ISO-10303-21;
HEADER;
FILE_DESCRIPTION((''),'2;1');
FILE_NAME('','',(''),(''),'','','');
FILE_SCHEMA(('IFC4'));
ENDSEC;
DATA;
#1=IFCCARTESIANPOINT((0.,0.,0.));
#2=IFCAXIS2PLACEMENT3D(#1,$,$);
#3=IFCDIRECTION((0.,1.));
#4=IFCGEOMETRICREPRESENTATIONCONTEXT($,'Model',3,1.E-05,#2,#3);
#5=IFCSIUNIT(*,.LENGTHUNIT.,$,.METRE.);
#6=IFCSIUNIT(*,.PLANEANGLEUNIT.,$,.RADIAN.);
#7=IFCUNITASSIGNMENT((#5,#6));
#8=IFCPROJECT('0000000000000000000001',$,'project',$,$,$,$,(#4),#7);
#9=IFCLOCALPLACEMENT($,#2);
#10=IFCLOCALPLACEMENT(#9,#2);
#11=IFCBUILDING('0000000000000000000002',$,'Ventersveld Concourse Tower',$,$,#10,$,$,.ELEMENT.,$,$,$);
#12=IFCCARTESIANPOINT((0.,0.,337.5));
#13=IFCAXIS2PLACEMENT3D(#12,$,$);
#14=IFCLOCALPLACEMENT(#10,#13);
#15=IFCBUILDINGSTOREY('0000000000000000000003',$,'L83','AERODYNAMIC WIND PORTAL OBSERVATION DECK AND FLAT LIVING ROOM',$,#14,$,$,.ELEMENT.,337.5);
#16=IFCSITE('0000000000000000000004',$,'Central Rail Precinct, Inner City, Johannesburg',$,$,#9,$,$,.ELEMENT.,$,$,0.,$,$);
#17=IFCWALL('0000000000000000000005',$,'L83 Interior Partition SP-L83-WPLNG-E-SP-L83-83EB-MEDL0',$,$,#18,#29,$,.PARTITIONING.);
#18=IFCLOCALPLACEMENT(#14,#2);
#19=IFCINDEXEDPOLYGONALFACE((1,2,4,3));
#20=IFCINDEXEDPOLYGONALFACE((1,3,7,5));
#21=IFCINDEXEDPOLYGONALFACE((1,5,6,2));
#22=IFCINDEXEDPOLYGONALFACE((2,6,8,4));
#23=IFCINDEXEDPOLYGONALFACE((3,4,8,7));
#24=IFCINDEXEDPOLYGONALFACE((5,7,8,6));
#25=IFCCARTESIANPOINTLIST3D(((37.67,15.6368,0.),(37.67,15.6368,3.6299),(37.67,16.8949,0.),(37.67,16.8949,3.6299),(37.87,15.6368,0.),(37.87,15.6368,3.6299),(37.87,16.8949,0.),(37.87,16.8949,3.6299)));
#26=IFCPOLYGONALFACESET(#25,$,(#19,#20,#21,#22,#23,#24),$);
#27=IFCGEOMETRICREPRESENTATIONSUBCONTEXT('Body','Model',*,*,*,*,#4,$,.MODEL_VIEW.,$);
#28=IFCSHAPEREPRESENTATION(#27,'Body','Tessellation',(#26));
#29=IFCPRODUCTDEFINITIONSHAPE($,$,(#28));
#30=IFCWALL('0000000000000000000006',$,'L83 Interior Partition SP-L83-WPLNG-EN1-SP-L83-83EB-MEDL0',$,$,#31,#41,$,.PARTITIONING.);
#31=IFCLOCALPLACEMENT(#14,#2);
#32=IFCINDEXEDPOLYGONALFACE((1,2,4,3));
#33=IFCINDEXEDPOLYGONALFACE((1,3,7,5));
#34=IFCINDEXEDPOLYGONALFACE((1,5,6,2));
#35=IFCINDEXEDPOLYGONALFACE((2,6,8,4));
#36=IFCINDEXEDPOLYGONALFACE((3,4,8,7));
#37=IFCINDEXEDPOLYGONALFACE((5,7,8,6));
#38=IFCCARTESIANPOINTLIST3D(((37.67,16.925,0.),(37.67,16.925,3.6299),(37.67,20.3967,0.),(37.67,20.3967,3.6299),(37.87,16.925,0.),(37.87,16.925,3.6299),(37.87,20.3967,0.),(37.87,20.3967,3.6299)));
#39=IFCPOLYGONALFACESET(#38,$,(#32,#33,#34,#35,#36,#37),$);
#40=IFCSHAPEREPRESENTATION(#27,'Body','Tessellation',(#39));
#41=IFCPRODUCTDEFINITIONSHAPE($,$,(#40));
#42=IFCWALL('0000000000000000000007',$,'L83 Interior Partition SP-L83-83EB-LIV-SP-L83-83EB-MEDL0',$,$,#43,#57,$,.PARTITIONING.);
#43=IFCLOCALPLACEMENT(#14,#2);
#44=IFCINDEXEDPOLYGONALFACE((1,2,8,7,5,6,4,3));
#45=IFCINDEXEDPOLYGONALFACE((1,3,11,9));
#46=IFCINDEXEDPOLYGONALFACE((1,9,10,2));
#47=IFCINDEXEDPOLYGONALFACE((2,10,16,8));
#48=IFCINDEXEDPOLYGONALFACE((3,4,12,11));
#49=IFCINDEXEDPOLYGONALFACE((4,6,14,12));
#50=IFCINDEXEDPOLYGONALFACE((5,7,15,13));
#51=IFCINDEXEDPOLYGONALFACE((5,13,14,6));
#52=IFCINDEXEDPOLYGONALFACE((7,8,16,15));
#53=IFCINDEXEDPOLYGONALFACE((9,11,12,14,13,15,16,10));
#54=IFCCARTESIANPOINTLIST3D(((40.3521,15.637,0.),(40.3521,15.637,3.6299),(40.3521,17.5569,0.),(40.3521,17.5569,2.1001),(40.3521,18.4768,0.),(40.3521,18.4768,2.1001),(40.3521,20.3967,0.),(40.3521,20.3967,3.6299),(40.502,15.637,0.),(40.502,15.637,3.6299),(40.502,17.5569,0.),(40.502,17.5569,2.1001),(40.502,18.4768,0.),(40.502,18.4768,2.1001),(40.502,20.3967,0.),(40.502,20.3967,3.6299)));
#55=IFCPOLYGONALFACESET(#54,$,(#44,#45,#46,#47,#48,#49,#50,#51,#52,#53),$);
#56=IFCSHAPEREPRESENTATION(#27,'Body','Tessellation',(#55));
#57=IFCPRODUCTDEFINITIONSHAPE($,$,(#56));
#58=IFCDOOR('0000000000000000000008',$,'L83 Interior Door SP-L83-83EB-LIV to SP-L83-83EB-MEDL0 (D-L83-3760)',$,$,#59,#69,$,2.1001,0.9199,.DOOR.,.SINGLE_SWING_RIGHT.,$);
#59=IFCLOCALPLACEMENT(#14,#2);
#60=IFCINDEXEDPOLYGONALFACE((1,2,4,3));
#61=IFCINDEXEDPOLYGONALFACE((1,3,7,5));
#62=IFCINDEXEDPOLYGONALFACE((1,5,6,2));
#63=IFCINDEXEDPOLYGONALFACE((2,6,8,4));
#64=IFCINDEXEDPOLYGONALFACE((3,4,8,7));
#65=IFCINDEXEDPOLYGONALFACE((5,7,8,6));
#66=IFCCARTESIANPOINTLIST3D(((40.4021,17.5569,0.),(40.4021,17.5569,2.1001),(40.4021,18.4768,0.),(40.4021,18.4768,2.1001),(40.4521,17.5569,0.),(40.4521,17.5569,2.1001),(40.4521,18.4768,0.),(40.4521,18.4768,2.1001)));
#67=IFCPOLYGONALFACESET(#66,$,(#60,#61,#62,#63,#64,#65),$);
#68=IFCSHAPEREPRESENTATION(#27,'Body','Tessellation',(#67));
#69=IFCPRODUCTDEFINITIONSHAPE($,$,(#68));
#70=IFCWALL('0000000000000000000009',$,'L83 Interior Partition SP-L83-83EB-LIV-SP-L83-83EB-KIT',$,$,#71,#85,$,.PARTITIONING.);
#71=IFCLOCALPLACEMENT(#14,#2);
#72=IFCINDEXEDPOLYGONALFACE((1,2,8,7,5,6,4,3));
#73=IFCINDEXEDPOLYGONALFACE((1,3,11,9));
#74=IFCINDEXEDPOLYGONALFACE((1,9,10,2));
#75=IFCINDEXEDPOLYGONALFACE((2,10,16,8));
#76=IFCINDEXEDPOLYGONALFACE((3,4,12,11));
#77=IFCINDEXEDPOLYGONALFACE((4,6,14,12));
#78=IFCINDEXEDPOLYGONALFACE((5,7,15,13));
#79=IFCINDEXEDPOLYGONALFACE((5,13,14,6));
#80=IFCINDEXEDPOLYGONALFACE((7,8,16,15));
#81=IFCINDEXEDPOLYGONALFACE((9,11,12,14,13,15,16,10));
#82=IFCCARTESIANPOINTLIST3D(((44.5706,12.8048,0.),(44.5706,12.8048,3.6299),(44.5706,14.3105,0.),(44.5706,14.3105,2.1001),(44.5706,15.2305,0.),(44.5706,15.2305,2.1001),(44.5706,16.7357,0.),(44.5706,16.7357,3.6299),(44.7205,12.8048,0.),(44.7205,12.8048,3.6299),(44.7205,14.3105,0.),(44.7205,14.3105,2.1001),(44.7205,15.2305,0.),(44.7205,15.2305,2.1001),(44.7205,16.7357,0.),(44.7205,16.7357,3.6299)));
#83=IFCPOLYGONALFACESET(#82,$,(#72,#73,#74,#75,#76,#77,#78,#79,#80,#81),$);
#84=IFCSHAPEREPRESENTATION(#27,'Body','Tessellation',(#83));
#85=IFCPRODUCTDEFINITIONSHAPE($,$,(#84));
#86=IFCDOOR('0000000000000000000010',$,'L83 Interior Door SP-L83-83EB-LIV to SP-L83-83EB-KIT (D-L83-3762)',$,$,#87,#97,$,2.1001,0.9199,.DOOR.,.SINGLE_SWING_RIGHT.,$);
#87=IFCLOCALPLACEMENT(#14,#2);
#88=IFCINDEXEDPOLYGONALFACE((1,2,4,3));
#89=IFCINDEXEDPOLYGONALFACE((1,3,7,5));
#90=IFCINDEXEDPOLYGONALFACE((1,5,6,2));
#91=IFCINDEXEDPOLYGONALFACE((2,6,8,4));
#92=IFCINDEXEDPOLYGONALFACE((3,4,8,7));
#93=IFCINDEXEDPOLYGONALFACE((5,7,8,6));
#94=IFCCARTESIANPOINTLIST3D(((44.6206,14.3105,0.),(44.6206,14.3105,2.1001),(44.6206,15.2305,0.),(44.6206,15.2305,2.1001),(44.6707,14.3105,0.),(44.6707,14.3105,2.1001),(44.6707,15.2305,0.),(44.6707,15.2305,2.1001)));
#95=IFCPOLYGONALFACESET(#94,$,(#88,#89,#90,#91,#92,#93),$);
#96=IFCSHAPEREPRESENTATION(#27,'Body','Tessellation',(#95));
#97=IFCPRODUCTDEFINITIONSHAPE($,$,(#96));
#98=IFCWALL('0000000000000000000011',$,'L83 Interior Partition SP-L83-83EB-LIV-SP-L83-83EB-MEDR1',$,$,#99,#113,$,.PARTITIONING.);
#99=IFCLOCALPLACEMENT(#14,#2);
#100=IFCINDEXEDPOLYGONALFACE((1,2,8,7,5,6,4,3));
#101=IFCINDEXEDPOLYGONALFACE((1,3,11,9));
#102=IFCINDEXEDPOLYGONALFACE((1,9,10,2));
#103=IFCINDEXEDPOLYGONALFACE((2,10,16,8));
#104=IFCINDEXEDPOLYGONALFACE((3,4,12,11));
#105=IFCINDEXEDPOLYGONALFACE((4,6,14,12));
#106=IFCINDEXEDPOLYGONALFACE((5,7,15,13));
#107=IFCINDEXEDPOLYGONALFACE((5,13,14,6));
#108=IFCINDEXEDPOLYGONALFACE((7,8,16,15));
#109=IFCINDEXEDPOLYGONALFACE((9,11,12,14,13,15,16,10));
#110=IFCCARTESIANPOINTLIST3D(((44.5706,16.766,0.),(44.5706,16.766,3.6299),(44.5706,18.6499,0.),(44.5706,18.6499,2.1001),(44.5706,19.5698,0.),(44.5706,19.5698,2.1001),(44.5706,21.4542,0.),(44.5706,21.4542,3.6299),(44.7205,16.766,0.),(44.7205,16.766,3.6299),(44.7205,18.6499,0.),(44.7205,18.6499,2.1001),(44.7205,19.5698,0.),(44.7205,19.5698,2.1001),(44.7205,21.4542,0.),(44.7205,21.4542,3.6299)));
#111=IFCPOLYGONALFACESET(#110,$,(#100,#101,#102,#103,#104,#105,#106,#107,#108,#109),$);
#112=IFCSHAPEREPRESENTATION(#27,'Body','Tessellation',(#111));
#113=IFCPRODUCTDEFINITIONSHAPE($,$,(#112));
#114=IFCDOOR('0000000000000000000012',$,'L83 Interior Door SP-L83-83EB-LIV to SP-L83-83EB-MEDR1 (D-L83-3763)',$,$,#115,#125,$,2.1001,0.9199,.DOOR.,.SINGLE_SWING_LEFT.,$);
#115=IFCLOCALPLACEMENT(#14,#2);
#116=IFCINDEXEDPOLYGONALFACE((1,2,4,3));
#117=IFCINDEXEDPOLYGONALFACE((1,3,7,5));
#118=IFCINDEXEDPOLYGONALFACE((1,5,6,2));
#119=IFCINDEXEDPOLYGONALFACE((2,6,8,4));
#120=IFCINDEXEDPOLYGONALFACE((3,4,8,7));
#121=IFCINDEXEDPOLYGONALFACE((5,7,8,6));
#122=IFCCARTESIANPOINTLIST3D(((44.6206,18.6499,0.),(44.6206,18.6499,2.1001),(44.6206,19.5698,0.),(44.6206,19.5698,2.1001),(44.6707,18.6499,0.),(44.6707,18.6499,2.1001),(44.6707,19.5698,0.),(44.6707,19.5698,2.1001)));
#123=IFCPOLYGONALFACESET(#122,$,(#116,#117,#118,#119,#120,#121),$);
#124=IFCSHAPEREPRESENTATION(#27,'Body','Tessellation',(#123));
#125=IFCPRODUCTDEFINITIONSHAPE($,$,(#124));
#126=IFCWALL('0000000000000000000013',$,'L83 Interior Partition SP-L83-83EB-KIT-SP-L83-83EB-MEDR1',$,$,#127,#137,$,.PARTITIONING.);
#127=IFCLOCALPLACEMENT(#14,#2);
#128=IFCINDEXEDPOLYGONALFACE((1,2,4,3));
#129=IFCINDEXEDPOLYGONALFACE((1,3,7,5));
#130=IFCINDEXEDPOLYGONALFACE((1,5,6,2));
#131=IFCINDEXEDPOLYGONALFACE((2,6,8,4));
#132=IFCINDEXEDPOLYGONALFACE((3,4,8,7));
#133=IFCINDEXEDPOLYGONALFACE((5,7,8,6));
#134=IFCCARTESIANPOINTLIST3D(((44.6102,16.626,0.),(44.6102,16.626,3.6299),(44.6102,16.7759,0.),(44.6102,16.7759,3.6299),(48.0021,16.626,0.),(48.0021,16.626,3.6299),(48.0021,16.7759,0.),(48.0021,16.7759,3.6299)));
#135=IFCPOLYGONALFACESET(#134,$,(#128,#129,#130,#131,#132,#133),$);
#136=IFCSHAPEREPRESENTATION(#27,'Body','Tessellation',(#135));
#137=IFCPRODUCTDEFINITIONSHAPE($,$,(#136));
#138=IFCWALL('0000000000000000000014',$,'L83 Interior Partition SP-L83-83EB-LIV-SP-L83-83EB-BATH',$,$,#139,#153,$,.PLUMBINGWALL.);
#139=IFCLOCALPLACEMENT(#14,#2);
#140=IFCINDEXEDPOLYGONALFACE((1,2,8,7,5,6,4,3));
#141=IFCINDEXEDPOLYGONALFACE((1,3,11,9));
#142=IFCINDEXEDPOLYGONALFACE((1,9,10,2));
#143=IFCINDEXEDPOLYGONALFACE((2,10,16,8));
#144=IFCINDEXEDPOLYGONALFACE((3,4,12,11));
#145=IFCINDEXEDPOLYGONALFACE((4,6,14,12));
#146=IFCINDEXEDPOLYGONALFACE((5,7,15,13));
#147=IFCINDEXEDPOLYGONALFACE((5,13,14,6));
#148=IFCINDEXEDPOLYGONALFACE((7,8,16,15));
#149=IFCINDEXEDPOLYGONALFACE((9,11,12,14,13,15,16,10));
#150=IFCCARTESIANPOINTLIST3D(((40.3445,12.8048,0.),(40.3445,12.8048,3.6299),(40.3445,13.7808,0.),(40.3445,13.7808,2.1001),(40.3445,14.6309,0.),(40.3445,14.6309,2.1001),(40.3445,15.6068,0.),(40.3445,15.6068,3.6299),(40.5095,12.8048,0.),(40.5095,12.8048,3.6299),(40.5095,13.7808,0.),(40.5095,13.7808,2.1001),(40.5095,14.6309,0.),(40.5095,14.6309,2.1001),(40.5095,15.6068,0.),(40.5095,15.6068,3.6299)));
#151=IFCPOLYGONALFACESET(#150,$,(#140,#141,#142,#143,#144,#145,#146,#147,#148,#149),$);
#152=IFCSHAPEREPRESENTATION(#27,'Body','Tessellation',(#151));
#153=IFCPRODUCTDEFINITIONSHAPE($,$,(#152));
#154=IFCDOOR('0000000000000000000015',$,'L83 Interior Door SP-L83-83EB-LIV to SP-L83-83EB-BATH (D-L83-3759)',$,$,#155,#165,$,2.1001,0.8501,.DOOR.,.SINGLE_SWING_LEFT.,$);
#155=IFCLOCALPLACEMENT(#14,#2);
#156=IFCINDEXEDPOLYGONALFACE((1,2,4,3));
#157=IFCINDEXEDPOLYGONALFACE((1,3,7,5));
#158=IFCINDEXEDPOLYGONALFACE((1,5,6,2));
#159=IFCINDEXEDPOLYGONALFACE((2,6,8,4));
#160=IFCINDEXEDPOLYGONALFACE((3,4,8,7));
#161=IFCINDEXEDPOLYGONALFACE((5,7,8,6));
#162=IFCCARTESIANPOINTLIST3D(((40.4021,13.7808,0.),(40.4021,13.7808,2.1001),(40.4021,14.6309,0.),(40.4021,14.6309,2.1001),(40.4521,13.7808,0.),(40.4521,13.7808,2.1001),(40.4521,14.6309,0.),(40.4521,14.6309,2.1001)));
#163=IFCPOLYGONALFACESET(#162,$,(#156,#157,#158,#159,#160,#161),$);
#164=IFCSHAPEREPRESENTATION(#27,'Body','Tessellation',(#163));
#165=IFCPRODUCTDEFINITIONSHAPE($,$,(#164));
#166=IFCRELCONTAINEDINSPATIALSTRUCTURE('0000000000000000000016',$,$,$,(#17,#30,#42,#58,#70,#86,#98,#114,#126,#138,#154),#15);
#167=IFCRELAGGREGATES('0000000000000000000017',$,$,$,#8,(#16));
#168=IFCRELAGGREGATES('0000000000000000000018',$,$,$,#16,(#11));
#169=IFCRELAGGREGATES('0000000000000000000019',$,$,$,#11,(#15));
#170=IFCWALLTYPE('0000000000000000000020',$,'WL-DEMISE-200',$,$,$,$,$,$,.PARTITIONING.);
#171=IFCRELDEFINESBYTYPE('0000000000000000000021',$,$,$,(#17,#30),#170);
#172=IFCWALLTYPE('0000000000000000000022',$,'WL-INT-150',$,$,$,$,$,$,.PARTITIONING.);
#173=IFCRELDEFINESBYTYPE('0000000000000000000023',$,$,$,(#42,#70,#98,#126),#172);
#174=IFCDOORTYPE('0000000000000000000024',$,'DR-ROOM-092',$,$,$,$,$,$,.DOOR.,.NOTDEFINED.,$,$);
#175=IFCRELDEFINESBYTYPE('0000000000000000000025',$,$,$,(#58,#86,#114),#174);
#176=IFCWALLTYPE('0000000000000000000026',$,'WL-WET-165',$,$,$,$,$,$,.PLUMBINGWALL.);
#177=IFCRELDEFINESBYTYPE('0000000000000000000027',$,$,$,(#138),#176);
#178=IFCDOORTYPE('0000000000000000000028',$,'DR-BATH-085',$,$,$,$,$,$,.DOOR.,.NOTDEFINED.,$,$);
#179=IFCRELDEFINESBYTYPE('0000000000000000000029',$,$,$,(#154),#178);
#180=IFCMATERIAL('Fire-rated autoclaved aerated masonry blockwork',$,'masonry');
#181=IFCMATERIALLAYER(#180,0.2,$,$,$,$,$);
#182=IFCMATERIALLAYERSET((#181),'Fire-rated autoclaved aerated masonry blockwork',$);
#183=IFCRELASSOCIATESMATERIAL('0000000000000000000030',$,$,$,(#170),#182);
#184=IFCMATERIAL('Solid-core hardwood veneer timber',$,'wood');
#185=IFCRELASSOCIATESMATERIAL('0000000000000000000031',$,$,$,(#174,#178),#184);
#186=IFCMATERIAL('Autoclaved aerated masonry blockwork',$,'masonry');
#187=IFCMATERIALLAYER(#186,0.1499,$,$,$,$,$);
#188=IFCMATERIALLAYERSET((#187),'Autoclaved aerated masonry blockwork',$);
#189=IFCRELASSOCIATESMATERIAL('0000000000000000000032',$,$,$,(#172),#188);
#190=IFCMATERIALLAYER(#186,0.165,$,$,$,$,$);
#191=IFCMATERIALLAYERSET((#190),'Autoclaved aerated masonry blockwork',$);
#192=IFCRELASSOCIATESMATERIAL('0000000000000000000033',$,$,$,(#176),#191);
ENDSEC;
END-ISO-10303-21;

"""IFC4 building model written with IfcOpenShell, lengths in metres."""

from ifc_helpers import new_model, si_unit, direction, frame, frame_2d, origin, place, context, subcontext, project, spatial, rectangle, extrude, material, layer, layer_set, type_object, element, fill, save


model = new_model("IFC4")

# Units and contexts
model_context = context("Model", 3, precision=1e-05, world=origin(), true_north=direction((0.0, 1.0)))
body_context = subcontext(model_context, "Body", "Model", "MODEL_VIEW")
ifc_project = project(units=[si_unit("LENGTHUNIT", "METRE"), si_unit("PLANEANGLEUNIT", "RADIAN")], contexts=[model_context])

# Site, building, storey
site_placement = place(None, origin())
site = spatial("IfcSite", under=ifc_project, at=site_placement, Name="Central Rail Precinct, Inner City, Johannesburg", CompositionType="ELEMENT", RefElevation=0.0)
building_placement = place(site_placement, origin())
building = spatial("IfcBuilding", under=site, at=building_placement, Name="Ventersveld Concourse Tower", CompositionType="ELEMENT")
storey_placement = place(building_placement, frame((0.0, 0.0, 337.5)))
storey = spatial("IfcBuildingStorey", under=building, at=storey_placement, Name="L83", Description="AERODYNAMIC WIND PORTAL OBSERVATION DECK AND FLAT LIVING ROOM", CompositionType="ELEMENT", Elevation=337.5)

# Shared definitions
ifc_material_1 = material(Name="Fire-rated autoclaved aerated masonry blockwork", Category="masonry")
ifc_material_2 = material(Name="Solid-core hardwood veneer timber", Category="wood")

# Shared definitions
ifc_layer_1 = layer(ifc_material_1, 0.2)
ifc_layer_set_1 = layer_set([ifc_layer_1], Name="Fire-rated autoclaved aerated masonry blockwork")
wall_type_1 = type_object("IfcWallType", Name="WL-DEMISE-200", PredefinedType="PARTITIONING", material=ifc_layer_set_1)
door_type_1 = type_object("IfcDoorType", Name="DR-ROOM-092", OperationType="NOTDEFINED", PredefinedType="DOOR", material=ifc_material_2)

# Walls
wall_1_placement = place(storey_placement, frame((37.77, 15.637, 0.0), z_axis=(0.0, 0.0, 1.0), x_axis=(0.0, 1.0, 0.0)))
element("IfcWall", 1, at=wall_1_placement, inside=storey, type_object=wall_type_1, Name="L83 Interior Partition SP-L83-WPLNG-E-SP-L83-83EB-MEDL0", PredefinedType="PARTITIONING", context=body_context, shape_type="SweptSolid", body=[
    extrude(rectangle(XDim=1.2581, YDim=0.2, at=frame_2d((0.6289, 0.0))), origin(), (0.0, 0.0, 1.0), 3.6299),
])
wall_2_placement = place(storey_placement, frame((37.77, 16.925, 0.0), z_axis=(0.0, 0.0, 1.0), x_axis=(0.0, 1.0, 0.0)))
element("IfcWall", 2, at=wall_2_placement, inside=storey, type_object=wall_type_1, Name="L83 Interior Partition SP-L83-WPLNG-EN1-SP-L83-83EB-MEDL0", PredefinedType="PARTITIONING", context=body_context, shape_type="SweptSolid", body=[
    extrude(rectangle(XDim=3.4717, YDim=0.2, at=frame_2d((1.7358, 0.0))), origin(), (0.0, 0.0, 1.0), 3.6299),
])

# Walls, openings, doors
ifc_material_3 = material(Name="Autoclaved aerated masonry blockwork", Category="masonry")
ifc_layer_2 = layer(ifc_material_3, 0.1499)
ifc_layer_set_2 = layer_set([ifc_layer_2], Name="Autoclaved aerated masonry blockwork")
wall_type_2 = type_object("IfcWallType", Name="WL-INT-150", PredefinedType="PARTITIONING", material=ifc_layer_set_2)
wall_3_placement = place(storey_placement, frame((40.427, 15.637, 0.0), z_axis=(0.0, 0.0, 1.0), x_axis=(0.0, 1.0, 0.0)))
wall_3 = element("IfcWall", 3, at=wall_3_placement, inside=storey, type_object=wall_type_2, Name="L83 Interior Partition SP-L83-83EB-LIV-SP-L83-83EB-MEDL0", PredefinedType="PARTITIONING", context=body_context, shape_type="SweptSolid", body=[
    extrude(rectangle(XDim=4.7598, YDim=0.1499, at=frame_2d((2.3799, 0.0))), origin(), (0.0, 0.0, 1.0), 3.6299),
])
opening_1_placement = place(wall_3_placement, frame((1.9199, 0.0, 0.0)))
opening_1 = element("IfcOpeningElement", 4, at=opening_1_placement, cuts=wall_3, PredefinedType="OPENING", context=body_context, shape_type="SweptSolid", body=[
    extrude(rectangle(XDim=0.9199, YDim=2.1001, at=frame_2d((0.46, 1.05))), frame((0.0, 0.085, 0.0), z_axis=(0.0, -1.0, 0.0), x_axis=(1.0, 0.0, 0.0)), (0.0, 0.0, 1.0), 0.1699),
])
door_1_placement = place(opening_1_placement, origin())
door_1 = element("IfcDoor", 5, at=door_1_placement, inside=storey, type_object=door_type_1, Name="L83 Interior Door SP-L83-83EB-LIV to SP-L83-83EB-MEDL0 (D-L83-3760)", OperationType="SINGLE_SWING_RIGHT", OverallHeight=2.1001, OverallWidth=0.9199, PredefinedType="DOOR", context=body_context, shape_type="SweptSolid", body=[
    extrude(rectangle(XDim=0.9199, YDim=2.1001, at=frame_2d((0.46, 1.05))), frame((0.0, 0.0249, 0.0), z_axis=(0.0, -1.0, 0.0), x_axis=(1.0, 0.0, 0.0)), (0.0, 0.0, 1.0), 0.05),
])
fill(opening_1, door_1)
wall_4_placement = place(storey_placement, frame((44.6455, 12.8049, 0.0), z_axis=(0.0, 0.0, 1.0), x_axis=(0.0, 1.0, 0.0)))
wall_4 = element("IfcWall", 6, at=wall_4_placement, inside=storey, type_object=wall_type_2, Name="L83 Interior Partition SP-L83-83EB-LIV-SP-L83-83EB-KIT", PredefinedType="PARTITIONING", context=body_context, shape_type="SweptSolid", body=[
    extrude(rectangle(XDim=3.9309, YDim=0.1499, at=frame_2d((1.9653, 0.0))), origin(), (0.0, 0.0, 1.0), 3.6299),
])
opening_2_placement = place(wall_4_placement, frame((1.5056, 0.0, 0.0)))
opening_2 = element("IfcOpeningElement", 7, at=opening_2_placement, cuts=wall_4, PredefinedType="OPENING", context=body_context, shape_type="SweptSolid", body=[
    extrude(rectangle(XDim=0.9199, YDim=2.1001, at=frame_2d((0.46, 1.05))), frame((0.0, 0.085, 0.0), z_axis=(0.0, -1.0, 0.0), x_axis=(1.0, 0.0, 0.0)), (0.0, 0.0, 1.0), 0.1699),
])
door_2_placement = place(opening_2_placement, origin())
door_2 = element("IfcDoor", 8, at=door_2_placement, inside=storey, type_object=door_type_1, Name="L83 Interior Door SP-L83-83EB-LIV to SP-L83-83EB-KIT (D-L83-3762)", OperationType="SINGLE_SWING_RIGHT", OverallHeight=2.1001, OverallWidth=0.9199, PredefinedType="DOOR", context=body_context, shape_type="SweptSolid", body=[
    extrude(rectangle(XDim=0.9199, YDim=2.1001, at=frame_2d((0.46, 1.05))), frame((0.0, 0.0249, 0.0), z_axis=(0.0, -1.0, 0.0), x_axis=(1.0, 0.0, 0.0)), (0.0, 0.0, 1.0), 0.05),
])
fill(opening_2, door_2)
wall_5_placement = place(storey_placement, frame((44.6455, 16.7659, 0.0), z_axis=(0.0, 0.0, 1.0), x_axis=(0.0, 1.0, 0.0)))
wall_5 = element("IfcWall", 9, at=wall_5_placement, inside=storey, type_object=wall_type_2, Name="L83 Interior Partition SP-L83-83EB-LIV-SP-L83-83EB-MEDR1", PredefinedType="PARTITIONING", context=body_context, shape_type="SweptSolid", body=[
    extrude(rectangle(XDim=4.6882, YDim=0.1499, at=frame_2d((2.3442, 0.0))), origin(), (0.0, 0.0, 1.0), 3.6299),
])
opening_3_placement = place(wall_5_placement, frame((1.884, 0.0, 0.0)))
opening_3 = element("IfcOpeningElement", 10, at=opening_3_placement, cuts=wall_5, PredefinedType="OPENING", context=body_context, shape_type="SweptSolid", body=[
    extrude(rectangle(XDim=0.9199, YDim=2.1001, at=frame_2d((0.46, 1.05))), frame((0.0, 0.085, 0.0), z_axis=(0.0, -1.0, 0.0), x_axis=(1.0, 0.0, 0.0)), (0.0, 0.0, 1.0), 0.1699),
])
door_3_placement = place(opening_3_placement, origin())
door_3 = element("IfcDoor", 11, at=door_3_placement, inside=storey, type_object=door_type_1, Name="L83 Interior Door SP-L83-83EB-LIV to SP-L83-83EB-MEDR1 (D-L83-3763)", OperationType="SINGLE_SWING_LEFT", OverallHeight=2.1001, OverallWidth=0.9199, PredefinedType="DOOR", context=body_context, shape_type="SweptSolid", body=[
    extrude(rectangle(XDim=0.9199, YDim=2.1001, at=frame_2d((0.46, 1.05))), frame((0.0, 0.0249, 0.0), z_axis=(0.0, -1.0, 0.0), x_axis=(1.0, 0.0, 0.0)), (0.0, 0.0, 1.0), 0.05),
])
fill(opening_3, door_3)

# Wall
wall_6_placement = place(storey_placement, frame((44.6104, 16.7009, 0.0), z_axis=(0.0, 0.0, 1.0), x_axis=(1.0, 0.0, 0.0)))
element("IfcWall", 12, at=wall_6_placement, inside=storey, type_object=wall_type_2, Name="L83 Interior Partition SP-L83-83EB-KIT-SP-L83-83EB-MEDR1", PredefinedType="PARTITIONING", context=body_context, shape_type="SweptSolid", body=[
    extrude(rectangle(XDim=3.3918, YDim=0.1499, at=frame_2d((1.6958, 0.0))), origin(), (0.0, 0.0, 1.0), 3.6299),
])

# Wall, opening, door
ifc_layer_3 = layer(ifc_material_3, 0.165)
ifc_layer_set_3 = layer_set([ifc_layer_3], Name="Autoclaved aerated masonry blockwork")
wall_type_3 = type_object("IfcWallType", Name="WL-WET-165", PredefinedType="PLUMBINGWALL", material=ifc_layer_set_3)
wall_7_placement = place(storey_placement, frame((40.427, 12.8049, 0.0), z_axis=(0.0, 0.0, 1.0), x_axis=(0.0, 1.0, 0.0)))
wall_7 = element("IfcWall", 13, at=wall_7_placement, inside=storey, type_object=wall_type_3, Name="L83 Interior Partition SP-L83-83EB-LIV-SP-L83-83EB-BATH", PredefinedType="PLUMBINGWALL", context=body_context, shape_type="SweptSolid", body=[
    extrude(rectangle(XDim=2.802, YDim=0.165, at=frame_2d((1.4009, 0.0))), origin(), (0.0, 0.0, 1.0), 3.6299),
])
opening_4_placement = place(wall_7_placement, frame((0.9758, 0.0, 0.0)))
opening_4 = element("IfcOpeningElement", 14, at=opening_4_placement, cuts=wall_7, PredefinedType="OPENING", context=body_context, shape_type="SweptSolid", body=[
    extrude(rectangle(XDim=0.8501, YDim=2.1001, at=frame_2d((0.425, 1.05))), frame((0.0, 0.0925, 0.0), z_axis=(0.0, -1.0, 0.0), x_axis=(1.0, 0.0, 0.0)), (0.0, 0.0, 1.0), 0.1851),
])
door_type_2 = type_object("IfcDoorType", Name="DR-BATH-085", OperationType="NOTDEFINED", PredefinedType="DOOR", material=ifc_material_2)
door_4_placement = place(opening_4_placement, origin())
door_4 = element("IfcDoor", 15, at=door_4_placement, inside=storey, type_object=door_type_2, Name="L83 Interior Door SP-L83-83EB-LIV to SP-L83-83EB-BATH (D-L83-3759)", OperationType="SINGLE_SWING_LEFT", OverallHeight=2.1001, OverallWidth=0.8501, PredefinedType="DOOR", context=body_context, shape_type="SweptSolid", body=[
    extrude(rectangle(XDim=0.8501, YDim=2.1001, at=frame_2d((0.425, 1.05))), frame((0.0, 0.0249, 0.0), z_axis=(0.0, -1.0, 0.0), x_axis=(1.0, 0.0, 0.0)), (0.0, 0.0, 1.0), 0.05),
])
fill(opening_4, door_4)

save(model, "model.ifc")
